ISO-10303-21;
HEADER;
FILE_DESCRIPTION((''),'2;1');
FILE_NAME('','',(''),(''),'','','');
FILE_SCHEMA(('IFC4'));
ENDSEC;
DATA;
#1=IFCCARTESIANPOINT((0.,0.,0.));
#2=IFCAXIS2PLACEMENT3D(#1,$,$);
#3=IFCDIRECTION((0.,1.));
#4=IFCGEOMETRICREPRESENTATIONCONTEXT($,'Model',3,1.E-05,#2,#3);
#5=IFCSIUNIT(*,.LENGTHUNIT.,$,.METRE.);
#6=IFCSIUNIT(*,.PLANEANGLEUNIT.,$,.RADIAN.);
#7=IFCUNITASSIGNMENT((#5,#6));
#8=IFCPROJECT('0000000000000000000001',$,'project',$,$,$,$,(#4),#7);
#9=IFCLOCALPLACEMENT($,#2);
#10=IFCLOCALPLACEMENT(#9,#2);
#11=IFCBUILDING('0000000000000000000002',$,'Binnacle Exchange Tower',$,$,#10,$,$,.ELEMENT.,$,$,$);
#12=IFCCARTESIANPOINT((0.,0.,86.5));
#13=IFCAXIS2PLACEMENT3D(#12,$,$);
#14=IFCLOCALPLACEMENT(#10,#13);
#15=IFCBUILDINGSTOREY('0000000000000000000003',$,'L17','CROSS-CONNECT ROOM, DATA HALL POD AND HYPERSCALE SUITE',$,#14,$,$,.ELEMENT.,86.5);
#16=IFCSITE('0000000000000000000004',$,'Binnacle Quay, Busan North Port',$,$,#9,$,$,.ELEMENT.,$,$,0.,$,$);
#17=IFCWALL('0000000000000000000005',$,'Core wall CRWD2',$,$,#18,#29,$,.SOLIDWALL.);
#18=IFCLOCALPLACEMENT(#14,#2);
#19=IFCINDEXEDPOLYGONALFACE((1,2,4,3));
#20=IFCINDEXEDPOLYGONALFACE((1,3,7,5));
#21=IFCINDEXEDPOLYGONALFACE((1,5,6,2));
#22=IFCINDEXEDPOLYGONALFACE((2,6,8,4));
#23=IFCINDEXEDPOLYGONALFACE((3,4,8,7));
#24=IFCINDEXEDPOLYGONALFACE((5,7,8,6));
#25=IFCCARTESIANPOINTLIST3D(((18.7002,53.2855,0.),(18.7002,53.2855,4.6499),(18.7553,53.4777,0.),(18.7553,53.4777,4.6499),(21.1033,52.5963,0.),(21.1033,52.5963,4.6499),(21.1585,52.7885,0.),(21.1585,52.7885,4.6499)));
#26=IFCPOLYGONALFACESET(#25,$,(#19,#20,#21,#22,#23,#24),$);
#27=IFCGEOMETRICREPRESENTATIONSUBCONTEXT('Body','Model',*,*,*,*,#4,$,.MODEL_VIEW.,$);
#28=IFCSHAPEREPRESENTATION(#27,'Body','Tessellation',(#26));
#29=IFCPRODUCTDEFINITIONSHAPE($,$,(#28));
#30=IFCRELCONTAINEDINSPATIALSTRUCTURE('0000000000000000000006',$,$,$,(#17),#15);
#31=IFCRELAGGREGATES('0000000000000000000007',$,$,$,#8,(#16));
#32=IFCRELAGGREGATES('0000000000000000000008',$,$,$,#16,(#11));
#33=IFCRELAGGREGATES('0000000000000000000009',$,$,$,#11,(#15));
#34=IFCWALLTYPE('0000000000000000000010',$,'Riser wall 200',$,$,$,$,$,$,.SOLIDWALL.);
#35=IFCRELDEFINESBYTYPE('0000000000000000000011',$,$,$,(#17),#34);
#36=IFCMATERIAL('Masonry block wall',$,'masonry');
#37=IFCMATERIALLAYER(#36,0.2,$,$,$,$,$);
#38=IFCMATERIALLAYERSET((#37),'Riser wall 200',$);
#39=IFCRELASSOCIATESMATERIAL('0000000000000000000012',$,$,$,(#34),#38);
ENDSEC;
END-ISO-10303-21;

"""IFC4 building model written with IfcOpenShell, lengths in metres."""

from ifc_helpers import new_model, si_unit, direction, frame, frame_2d, origin, place, context, subcontext, project, spatial, rectangle, extrude, material, layer, layer_set, type_object, element, save


model = new_model("IFC4")

# Units and contexts
model_context = context("Model", 3, precision=1e-05, world=origin(), true_north=direction((0.0, 1.0)))
body_context = subcontext(model_context, "Body", "Model", "MODEL_VIEW")
ifc_project = project(units=[si_unit("LENGTHUNIT", "METRE"), si_unit("PLANEANGLEUNIT", "RADIAN")], contexts=[model_context])

# Site, building, storey
site_placement = place(None, origin())
site = spatial("IfcSite", under=ifc_project, at=site_placement, Name="Binnacle Quay, Busan North Port", CompositionType="ELEMENT", RefElevation=0.0)
building_placement = place(site_placement, origin())
building = spatial("IfcBuilding", under=site, at=building_placement, Name="Binnacle Exchange Tower", CompositionType="ELEMENT")
storey_placement = place(building_placement, frame((0.0, 0.0, 86.5)))
storey = spatial("IfcBuildingStorey", under=building, at=storey_placement, Name="L17", Description="CROSS-CONNECT ROOM, DATA HALL POD AND HYPERSCALE SUITE", CompositionType="ELEMENT", Elevation=86.5)

# Shared definitions
ifc_material_1 = material(Name="Masonry block wall", Category="masonry")

# Wall
ifc_layer_1 = layer(ifc_material_1, 0.2)
ifc_layer_set_1 = layer_set([ifc_layer_1], Name="Riser wall 200")
wall_type_1 = type_object("IfcWallType", Name="Riser wall 200", PredefinedType="SOLIDWALL", material=ifc_layer_set_1)
wall_1_placement = place(storey_placement, frame((18.7278, 53.3816, 0.0), z_axis=(0.0, 0.0, 1.0), x_axis=(0.961247, -0.275688, 0.0)))
element("IfcWall", 1, at=wall_1_placement, inside=storey, type_object=wall_type_1, Name="Core wall CRWD2", PredefinedType="SOLIDWALL", context=body_context, shape_type="SweptSolid", body=[
    extrude(rectangle(XDim=2.5, YDim=0.2, at=frame_2d((1.25, 0.0))), origin(), (0.0, 0.0, 1.0), 4.6499),
])

save(model, "model.ifc")
